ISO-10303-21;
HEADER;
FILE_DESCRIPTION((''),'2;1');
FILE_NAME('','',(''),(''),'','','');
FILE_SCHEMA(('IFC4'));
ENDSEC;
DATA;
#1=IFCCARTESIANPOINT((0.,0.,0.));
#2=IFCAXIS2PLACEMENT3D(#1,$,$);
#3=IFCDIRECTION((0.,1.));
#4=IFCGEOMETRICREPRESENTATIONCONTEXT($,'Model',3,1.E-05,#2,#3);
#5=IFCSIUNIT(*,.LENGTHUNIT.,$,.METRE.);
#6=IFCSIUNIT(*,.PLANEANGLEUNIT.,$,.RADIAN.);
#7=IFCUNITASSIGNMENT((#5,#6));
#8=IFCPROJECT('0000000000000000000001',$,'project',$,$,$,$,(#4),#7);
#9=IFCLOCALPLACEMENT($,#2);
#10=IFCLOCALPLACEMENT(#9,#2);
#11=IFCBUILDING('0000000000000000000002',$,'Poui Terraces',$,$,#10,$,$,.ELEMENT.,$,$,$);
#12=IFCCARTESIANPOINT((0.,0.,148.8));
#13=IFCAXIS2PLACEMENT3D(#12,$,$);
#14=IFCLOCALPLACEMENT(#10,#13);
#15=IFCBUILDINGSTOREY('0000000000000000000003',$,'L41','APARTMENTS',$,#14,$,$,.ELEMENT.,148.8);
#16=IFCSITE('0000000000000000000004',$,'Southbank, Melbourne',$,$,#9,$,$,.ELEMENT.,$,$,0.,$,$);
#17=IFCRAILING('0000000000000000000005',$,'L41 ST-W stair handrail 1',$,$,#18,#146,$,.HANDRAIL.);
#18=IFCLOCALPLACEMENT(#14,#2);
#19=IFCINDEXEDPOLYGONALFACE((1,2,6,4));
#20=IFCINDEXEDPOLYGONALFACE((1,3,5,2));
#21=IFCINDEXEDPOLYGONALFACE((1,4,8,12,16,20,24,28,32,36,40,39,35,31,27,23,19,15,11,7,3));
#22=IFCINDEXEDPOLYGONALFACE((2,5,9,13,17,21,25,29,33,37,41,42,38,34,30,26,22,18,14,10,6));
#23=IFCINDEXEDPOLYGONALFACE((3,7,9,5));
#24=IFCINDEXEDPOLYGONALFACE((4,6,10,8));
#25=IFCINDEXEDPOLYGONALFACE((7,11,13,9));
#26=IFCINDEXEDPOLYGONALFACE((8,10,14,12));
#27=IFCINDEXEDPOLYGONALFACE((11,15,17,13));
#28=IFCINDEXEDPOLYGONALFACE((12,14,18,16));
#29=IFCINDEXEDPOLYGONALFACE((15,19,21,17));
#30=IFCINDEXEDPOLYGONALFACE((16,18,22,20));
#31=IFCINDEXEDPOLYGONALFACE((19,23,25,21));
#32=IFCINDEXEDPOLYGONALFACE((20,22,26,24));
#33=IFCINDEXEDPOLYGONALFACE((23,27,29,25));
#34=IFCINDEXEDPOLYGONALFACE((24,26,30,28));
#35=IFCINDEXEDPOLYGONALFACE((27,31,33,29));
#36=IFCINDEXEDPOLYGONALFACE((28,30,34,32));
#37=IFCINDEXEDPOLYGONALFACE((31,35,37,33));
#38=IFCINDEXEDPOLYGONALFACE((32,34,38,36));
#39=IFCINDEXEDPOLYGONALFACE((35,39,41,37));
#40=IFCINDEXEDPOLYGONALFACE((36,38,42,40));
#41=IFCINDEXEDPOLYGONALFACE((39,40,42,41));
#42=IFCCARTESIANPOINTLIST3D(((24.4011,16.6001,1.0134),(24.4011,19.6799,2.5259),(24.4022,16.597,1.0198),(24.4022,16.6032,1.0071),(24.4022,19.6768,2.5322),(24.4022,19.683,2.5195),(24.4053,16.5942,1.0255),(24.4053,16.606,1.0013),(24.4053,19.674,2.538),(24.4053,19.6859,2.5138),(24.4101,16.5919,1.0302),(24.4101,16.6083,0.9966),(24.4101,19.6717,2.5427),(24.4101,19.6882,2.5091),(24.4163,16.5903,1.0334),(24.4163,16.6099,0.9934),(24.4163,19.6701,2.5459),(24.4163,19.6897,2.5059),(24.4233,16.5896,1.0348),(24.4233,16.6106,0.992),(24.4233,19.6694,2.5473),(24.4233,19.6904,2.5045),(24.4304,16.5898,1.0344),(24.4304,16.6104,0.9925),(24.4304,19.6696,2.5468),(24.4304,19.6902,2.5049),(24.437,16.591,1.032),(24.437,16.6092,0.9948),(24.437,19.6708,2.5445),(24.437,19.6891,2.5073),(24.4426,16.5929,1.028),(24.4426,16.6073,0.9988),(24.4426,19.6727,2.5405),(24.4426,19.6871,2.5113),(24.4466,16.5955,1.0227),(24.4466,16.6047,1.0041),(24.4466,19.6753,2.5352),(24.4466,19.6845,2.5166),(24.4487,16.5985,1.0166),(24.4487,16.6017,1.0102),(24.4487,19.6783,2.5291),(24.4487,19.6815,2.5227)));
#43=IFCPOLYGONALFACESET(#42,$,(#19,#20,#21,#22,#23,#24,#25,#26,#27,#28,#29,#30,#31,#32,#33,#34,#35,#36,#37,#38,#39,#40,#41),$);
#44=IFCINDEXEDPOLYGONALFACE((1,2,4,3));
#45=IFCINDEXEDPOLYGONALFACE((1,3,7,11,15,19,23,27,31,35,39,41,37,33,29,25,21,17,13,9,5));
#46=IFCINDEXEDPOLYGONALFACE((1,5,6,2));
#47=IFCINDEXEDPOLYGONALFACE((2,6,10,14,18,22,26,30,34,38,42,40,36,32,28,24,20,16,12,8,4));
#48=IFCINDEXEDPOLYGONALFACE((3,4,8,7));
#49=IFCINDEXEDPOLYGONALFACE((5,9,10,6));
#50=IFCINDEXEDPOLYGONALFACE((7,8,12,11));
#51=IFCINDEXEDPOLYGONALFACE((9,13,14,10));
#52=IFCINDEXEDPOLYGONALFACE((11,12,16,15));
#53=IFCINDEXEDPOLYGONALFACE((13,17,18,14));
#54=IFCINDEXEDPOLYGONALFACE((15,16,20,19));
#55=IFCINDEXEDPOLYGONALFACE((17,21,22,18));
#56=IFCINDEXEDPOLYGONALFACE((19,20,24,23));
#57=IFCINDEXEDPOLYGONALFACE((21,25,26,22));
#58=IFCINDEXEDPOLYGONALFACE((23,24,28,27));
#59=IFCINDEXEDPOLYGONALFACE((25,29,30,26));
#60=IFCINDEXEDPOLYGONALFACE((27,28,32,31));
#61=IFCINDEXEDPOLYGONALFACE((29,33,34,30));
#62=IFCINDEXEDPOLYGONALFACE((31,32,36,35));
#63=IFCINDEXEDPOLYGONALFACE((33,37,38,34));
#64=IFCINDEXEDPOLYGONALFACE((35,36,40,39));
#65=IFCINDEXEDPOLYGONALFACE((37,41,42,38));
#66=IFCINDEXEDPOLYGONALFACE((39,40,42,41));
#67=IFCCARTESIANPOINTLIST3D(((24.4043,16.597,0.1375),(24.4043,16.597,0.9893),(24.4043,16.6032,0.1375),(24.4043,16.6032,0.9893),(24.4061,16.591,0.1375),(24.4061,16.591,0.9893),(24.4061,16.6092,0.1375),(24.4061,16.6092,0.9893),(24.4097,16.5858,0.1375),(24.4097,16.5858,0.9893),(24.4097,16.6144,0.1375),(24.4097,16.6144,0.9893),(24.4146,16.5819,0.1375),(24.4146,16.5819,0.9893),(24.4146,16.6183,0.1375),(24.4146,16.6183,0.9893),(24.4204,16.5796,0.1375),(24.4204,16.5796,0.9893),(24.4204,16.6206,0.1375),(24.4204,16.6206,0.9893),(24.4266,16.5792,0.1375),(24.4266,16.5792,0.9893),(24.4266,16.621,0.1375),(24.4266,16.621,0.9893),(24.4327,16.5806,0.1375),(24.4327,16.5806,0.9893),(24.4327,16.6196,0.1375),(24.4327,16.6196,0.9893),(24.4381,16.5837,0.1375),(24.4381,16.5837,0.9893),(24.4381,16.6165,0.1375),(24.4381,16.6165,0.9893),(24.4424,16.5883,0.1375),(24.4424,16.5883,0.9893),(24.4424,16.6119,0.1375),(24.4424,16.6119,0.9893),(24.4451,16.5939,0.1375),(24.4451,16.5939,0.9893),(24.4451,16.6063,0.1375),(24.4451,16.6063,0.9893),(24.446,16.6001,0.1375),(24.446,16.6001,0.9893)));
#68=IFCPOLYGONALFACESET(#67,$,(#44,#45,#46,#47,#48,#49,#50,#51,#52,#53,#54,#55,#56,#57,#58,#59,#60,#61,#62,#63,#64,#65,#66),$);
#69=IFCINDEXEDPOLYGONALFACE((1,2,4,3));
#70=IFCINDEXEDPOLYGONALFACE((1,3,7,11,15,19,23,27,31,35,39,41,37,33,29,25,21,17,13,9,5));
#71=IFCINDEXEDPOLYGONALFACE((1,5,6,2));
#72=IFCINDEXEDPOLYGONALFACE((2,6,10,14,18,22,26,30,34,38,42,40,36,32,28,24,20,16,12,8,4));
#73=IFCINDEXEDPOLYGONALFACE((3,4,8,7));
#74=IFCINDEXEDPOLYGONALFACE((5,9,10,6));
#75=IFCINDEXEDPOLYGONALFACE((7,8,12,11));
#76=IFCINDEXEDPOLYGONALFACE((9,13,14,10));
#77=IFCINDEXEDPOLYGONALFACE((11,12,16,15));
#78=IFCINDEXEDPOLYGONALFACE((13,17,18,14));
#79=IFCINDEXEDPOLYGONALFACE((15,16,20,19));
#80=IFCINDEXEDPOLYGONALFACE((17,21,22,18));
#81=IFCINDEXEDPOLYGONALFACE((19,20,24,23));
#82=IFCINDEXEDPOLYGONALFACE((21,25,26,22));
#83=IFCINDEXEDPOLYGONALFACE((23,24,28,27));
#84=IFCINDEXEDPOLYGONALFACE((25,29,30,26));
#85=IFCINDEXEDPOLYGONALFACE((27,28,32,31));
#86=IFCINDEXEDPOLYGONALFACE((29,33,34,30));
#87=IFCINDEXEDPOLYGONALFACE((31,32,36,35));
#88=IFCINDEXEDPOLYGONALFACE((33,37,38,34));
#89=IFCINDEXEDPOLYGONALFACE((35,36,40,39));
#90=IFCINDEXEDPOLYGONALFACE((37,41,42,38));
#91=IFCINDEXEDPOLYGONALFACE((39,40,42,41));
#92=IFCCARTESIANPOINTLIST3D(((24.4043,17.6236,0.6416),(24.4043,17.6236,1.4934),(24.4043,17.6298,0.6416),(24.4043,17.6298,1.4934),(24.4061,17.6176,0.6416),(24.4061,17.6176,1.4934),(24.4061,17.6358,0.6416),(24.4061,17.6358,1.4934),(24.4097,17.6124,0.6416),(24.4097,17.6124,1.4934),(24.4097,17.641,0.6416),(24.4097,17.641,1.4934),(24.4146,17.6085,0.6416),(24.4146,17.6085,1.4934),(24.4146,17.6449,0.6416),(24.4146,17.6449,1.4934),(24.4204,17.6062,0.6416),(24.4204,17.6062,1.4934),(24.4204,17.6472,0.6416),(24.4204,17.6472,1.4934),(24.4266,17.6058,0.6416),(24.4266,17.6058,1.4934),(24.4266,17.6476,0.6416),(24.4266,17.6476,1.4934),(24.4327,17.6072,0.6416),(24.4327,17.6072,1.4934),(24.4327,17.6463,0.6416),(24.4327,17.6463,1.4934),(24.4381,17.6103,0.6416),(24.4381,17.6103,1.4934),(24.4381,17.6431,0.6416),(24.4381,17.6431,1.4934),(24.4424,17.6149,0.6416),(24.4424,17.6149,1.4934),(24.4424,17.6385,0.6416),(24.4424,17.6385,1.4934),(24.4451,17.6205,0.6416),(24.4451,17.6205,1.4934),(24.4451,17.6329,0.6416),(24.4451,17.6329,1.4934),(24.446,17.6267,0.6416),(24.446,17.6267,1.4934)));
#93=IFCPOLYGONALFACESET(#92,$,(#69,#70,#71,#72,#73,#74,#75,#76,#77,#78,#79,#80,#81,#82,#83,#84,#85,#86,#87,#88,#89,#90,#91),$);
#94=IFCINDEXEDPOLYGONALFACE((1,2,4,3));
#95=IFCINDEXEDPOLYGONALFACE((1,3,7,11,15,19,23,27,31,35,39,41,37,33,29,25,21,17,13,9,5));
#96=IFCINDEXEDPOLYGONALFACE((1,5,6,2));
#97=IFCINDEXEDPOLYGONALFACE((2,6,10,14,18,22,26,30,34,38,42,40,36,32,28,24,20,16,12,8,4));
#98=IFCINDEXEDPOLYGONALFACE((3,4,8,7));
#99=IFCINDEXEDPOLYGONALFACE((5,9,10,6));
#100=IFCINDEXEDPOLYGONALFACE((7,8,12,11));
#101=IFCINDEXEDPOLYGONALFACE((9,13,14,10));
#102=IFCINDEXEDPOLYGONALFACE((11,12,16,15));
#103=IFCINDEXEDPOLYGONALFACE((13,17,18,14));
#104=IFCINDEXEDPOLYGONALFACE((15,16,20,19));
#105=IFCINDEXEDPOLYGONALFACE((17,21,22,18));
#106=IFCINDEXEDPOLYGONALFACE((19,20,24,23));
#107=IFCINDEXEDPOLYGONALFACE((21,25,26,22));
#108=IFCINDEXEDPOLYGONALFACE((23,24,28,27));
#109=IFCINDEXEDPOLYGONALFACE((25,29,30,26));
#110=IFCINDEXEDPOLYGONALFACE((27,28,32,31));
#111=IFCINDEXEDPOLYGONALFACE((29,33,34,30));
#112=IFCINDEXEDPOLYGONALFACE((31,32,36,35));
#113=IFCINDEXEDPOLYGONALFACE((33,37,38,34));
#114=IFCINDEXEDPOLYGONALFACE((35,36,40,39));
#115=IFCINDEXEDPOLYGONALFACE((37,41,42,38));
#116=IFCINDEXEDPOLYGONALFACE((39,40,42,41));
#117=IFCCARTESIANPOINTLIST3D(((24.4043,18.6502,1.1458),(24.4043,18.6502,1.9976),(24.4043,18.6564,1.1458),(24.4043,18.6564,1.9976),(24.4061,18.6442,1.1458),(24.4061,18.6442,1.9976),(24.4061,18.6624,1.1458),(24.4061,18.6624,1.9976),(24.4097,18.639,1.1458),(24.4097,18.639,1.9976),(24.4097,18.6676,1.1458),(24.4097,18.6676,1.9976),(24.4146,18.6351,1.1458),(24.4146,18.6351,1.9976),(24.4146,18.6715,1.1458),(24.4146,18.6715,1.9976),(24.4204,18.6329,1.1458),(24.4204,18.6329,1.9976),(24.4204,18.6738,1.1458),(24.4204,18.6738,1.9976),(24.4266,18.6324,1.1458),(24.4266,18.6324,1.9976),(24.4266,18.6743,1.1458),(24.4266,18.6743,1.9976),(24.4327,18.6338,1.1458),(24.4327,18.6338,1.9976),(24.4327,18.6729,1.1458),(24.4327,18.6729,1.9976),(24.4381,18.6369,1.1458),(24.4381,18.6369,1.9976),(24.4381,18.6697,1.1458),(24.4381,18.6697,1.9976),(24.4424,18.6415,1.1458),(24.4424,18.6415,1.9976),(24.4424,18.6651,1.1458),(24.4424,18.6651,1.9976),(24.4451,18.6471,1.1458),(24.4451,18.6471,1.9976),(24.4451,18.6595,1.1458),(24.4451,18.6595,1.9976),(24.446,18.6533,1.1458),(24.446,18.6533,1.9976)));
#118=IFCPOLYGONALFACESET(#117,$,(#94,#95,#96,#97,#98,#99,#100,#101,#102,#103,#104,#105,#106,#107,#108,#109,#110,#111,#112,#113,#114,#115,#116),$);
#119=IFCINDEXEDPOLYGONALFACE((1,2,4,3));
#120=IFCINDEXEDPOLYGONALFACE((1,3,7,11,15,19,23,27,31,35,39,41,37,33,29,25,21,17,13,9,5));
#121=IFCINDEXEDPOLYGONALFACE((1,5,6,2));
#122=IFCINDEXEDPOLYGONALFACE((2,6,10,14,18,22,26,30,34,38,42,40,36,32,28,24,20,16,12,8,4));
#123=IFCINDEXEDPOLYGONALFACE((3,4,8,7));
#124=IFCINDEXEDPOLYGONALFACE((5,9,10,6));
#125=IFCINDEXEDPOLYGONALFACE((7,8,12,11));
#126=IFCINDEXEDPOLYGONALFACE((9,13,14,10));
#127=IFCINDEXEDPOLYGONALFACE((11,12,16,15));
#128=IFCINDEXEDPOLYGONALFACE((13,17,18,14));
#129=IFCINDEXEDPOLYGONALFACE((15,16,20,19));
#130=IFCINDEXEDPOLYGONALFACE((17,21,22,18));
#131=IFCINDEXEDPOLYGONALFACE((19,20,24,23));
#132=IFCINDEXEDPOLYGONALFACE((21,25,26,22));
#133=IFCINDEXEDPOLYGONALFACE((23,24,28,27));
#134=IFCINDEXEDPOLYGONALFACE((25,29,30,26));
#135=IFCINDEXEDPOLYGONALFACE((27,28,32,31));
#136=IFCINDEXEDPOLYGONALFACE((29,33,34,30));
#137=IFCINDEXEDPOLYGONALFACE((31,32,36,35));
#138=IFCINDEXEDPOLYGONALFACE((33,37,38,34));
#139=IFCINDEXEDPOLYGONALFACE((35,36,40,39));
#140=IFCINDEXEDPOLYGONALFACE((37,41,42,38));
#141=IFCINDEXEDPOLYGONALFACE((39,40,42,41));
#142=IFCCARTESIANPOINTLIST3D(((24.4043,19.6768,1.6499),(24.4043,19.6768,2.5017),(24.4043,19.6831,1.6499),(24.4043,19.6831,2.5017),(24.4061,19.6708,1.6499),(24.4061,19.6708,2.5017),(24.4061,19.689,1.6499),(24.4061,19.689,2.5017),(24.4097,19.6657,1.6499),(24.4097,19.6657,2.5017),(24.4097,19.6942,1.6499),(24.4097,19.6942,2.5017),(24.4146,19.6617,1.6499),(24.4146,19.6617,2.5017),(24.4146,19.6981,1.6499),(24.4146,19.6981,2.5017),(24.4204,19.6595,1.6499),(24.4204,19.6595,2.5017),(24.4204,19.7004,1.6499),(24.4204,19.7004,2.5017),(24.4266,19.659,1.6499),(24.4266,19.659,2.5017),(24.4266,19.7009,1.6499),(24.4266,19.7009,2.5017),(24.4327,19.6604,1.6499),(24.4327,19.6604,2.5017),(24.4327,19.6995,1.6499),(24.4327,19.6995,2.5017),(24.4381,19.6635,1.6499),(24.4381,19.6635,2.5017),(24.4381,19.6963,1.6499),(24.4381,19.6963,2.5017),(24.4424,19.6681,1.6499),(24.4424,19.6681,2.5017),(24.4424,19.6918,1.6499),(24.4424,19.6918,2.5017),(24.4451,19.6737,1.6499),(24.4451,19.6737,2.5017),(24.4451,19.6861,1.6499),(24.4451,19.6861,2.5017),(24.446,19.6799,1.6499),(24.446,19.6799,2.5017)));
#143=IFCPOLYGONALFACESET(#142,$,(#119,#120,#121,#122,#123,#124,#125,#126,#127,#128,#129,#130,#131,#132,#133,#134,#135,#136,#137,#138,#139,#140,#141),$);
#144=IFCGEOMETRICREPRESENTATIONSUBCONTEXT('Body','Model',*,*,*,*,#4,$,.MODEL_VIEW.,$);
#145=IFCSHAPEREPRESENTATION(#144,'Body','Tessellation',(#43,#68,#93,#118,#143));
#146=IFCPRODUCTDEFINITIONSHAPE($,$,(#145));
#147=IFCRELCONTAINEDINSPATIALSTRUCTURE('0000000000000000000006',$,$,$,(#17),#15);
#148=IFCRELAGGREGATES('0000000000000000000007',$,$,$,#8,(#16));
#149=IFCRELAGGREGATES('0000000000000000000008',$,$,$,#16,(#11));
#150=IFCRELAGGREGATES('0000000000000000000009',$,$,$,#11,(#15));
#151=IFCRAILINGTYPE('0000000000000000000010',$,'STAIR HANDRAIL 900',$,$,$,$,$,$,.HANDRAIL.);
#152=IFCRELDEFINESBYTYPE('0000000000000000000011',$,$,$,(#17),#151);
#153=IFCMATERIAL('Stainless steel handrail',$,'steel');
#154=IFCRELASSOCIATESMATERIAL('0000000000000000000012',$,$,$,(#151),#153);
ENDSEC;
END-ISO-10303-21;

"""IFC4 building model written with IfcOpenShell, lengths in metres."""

from ifc_helpers import new_model, si_unit, direction, frame, origin, origin_2d, place, context, subcontext, project, spatial, circle, extrude, material, type_object, element, save


model = new_model("IFC4")

# Units and contexts
model_context = context("Model", 3, precision=1e-05, world=origin(), true_north=direction((0.0, 1.0)))
body_context = subcontext(model_context, "Body", "Model", "MODEL_VIEW")
ifc_project = project(units=[si_unit("LENGTHUNIT", "METRE"), si_unit("PLANEANGLEUNIT", "RADIAN")], contexts=[model_context])

# Site, building, storey
site_placement = place(None, origin())
site = spatial("IfcSite", under=ifc_project, at=site_placement, Name="Southbank, Melbourne", CompositionType="ELEMENT", RefElevation=0.0)
building_placement = place(site_placement, origin())
building = spatial("IfcBuilding", under=site, at=building_placement, Name="Poui Terraces", CompositionType="ELEMENT")
storey_placement = place(building_placement, frame((0.0, 0.0, 148.8)))
storey = spatial("IfcBuildingStorey", under=building, at=storey_placement, Name="L41", Description="APARTMENTS", CompositionType="ELEMENT", Elevation=148.8)

# Railing
ifc_material_1 = material(Name="Stainless steel handrail", Category="steel")
railing_type_1 = type_object("IfcRailingType", Name="STAIR HANDRAIL 900", PredefinedType="HANDRAIL", material=ifc_material_1)
railing_1_placement = place(storey_placement, frame((24.425, 16.6001, 0.1375)))
element("IfcRailing", 1, at=railing_1_placement, inside=storey, type_object=railing_type_1, Name="L41 ST-W stair handrail 1", PredefinedType="HANDRAIL", context=body_context, shape_type="SweptSolid", body=[
    extrude(circle(Radius=0.0239, at=origin_2d()), frame((0.0, 0.0, 0.876), z_axis=(0.0, 0.897606, 0.440798), x_axis=(-1.0, 0.0, 0.0)), (0.0, 0.0, 1.0), 3.4312),
    extrude(circle(Radius=0.021, at=origin_2d()), origin(), (0.0, 0.0, 1.0), 0.8518),
    extrude(circle(Radius=0.021, at=origin_2d()), frame((0.0, 1.0266, 0.5042)), (0.0, 0.0, 1.0), 0.8518),
    extrude(circle(Radius=0.021, at=origin_2d()), frame((0.0, 2.0532, 1.0083)), (0.0, 0.0, 1.0), 0.8518),
    extrude(circle(Radius=0.021, at=origin_2d()), frame((0.0, 3.0798, 1.5125)), (0.0, 0.0, 1.0), 0.8518),
])

save(model, "model.ifc")
